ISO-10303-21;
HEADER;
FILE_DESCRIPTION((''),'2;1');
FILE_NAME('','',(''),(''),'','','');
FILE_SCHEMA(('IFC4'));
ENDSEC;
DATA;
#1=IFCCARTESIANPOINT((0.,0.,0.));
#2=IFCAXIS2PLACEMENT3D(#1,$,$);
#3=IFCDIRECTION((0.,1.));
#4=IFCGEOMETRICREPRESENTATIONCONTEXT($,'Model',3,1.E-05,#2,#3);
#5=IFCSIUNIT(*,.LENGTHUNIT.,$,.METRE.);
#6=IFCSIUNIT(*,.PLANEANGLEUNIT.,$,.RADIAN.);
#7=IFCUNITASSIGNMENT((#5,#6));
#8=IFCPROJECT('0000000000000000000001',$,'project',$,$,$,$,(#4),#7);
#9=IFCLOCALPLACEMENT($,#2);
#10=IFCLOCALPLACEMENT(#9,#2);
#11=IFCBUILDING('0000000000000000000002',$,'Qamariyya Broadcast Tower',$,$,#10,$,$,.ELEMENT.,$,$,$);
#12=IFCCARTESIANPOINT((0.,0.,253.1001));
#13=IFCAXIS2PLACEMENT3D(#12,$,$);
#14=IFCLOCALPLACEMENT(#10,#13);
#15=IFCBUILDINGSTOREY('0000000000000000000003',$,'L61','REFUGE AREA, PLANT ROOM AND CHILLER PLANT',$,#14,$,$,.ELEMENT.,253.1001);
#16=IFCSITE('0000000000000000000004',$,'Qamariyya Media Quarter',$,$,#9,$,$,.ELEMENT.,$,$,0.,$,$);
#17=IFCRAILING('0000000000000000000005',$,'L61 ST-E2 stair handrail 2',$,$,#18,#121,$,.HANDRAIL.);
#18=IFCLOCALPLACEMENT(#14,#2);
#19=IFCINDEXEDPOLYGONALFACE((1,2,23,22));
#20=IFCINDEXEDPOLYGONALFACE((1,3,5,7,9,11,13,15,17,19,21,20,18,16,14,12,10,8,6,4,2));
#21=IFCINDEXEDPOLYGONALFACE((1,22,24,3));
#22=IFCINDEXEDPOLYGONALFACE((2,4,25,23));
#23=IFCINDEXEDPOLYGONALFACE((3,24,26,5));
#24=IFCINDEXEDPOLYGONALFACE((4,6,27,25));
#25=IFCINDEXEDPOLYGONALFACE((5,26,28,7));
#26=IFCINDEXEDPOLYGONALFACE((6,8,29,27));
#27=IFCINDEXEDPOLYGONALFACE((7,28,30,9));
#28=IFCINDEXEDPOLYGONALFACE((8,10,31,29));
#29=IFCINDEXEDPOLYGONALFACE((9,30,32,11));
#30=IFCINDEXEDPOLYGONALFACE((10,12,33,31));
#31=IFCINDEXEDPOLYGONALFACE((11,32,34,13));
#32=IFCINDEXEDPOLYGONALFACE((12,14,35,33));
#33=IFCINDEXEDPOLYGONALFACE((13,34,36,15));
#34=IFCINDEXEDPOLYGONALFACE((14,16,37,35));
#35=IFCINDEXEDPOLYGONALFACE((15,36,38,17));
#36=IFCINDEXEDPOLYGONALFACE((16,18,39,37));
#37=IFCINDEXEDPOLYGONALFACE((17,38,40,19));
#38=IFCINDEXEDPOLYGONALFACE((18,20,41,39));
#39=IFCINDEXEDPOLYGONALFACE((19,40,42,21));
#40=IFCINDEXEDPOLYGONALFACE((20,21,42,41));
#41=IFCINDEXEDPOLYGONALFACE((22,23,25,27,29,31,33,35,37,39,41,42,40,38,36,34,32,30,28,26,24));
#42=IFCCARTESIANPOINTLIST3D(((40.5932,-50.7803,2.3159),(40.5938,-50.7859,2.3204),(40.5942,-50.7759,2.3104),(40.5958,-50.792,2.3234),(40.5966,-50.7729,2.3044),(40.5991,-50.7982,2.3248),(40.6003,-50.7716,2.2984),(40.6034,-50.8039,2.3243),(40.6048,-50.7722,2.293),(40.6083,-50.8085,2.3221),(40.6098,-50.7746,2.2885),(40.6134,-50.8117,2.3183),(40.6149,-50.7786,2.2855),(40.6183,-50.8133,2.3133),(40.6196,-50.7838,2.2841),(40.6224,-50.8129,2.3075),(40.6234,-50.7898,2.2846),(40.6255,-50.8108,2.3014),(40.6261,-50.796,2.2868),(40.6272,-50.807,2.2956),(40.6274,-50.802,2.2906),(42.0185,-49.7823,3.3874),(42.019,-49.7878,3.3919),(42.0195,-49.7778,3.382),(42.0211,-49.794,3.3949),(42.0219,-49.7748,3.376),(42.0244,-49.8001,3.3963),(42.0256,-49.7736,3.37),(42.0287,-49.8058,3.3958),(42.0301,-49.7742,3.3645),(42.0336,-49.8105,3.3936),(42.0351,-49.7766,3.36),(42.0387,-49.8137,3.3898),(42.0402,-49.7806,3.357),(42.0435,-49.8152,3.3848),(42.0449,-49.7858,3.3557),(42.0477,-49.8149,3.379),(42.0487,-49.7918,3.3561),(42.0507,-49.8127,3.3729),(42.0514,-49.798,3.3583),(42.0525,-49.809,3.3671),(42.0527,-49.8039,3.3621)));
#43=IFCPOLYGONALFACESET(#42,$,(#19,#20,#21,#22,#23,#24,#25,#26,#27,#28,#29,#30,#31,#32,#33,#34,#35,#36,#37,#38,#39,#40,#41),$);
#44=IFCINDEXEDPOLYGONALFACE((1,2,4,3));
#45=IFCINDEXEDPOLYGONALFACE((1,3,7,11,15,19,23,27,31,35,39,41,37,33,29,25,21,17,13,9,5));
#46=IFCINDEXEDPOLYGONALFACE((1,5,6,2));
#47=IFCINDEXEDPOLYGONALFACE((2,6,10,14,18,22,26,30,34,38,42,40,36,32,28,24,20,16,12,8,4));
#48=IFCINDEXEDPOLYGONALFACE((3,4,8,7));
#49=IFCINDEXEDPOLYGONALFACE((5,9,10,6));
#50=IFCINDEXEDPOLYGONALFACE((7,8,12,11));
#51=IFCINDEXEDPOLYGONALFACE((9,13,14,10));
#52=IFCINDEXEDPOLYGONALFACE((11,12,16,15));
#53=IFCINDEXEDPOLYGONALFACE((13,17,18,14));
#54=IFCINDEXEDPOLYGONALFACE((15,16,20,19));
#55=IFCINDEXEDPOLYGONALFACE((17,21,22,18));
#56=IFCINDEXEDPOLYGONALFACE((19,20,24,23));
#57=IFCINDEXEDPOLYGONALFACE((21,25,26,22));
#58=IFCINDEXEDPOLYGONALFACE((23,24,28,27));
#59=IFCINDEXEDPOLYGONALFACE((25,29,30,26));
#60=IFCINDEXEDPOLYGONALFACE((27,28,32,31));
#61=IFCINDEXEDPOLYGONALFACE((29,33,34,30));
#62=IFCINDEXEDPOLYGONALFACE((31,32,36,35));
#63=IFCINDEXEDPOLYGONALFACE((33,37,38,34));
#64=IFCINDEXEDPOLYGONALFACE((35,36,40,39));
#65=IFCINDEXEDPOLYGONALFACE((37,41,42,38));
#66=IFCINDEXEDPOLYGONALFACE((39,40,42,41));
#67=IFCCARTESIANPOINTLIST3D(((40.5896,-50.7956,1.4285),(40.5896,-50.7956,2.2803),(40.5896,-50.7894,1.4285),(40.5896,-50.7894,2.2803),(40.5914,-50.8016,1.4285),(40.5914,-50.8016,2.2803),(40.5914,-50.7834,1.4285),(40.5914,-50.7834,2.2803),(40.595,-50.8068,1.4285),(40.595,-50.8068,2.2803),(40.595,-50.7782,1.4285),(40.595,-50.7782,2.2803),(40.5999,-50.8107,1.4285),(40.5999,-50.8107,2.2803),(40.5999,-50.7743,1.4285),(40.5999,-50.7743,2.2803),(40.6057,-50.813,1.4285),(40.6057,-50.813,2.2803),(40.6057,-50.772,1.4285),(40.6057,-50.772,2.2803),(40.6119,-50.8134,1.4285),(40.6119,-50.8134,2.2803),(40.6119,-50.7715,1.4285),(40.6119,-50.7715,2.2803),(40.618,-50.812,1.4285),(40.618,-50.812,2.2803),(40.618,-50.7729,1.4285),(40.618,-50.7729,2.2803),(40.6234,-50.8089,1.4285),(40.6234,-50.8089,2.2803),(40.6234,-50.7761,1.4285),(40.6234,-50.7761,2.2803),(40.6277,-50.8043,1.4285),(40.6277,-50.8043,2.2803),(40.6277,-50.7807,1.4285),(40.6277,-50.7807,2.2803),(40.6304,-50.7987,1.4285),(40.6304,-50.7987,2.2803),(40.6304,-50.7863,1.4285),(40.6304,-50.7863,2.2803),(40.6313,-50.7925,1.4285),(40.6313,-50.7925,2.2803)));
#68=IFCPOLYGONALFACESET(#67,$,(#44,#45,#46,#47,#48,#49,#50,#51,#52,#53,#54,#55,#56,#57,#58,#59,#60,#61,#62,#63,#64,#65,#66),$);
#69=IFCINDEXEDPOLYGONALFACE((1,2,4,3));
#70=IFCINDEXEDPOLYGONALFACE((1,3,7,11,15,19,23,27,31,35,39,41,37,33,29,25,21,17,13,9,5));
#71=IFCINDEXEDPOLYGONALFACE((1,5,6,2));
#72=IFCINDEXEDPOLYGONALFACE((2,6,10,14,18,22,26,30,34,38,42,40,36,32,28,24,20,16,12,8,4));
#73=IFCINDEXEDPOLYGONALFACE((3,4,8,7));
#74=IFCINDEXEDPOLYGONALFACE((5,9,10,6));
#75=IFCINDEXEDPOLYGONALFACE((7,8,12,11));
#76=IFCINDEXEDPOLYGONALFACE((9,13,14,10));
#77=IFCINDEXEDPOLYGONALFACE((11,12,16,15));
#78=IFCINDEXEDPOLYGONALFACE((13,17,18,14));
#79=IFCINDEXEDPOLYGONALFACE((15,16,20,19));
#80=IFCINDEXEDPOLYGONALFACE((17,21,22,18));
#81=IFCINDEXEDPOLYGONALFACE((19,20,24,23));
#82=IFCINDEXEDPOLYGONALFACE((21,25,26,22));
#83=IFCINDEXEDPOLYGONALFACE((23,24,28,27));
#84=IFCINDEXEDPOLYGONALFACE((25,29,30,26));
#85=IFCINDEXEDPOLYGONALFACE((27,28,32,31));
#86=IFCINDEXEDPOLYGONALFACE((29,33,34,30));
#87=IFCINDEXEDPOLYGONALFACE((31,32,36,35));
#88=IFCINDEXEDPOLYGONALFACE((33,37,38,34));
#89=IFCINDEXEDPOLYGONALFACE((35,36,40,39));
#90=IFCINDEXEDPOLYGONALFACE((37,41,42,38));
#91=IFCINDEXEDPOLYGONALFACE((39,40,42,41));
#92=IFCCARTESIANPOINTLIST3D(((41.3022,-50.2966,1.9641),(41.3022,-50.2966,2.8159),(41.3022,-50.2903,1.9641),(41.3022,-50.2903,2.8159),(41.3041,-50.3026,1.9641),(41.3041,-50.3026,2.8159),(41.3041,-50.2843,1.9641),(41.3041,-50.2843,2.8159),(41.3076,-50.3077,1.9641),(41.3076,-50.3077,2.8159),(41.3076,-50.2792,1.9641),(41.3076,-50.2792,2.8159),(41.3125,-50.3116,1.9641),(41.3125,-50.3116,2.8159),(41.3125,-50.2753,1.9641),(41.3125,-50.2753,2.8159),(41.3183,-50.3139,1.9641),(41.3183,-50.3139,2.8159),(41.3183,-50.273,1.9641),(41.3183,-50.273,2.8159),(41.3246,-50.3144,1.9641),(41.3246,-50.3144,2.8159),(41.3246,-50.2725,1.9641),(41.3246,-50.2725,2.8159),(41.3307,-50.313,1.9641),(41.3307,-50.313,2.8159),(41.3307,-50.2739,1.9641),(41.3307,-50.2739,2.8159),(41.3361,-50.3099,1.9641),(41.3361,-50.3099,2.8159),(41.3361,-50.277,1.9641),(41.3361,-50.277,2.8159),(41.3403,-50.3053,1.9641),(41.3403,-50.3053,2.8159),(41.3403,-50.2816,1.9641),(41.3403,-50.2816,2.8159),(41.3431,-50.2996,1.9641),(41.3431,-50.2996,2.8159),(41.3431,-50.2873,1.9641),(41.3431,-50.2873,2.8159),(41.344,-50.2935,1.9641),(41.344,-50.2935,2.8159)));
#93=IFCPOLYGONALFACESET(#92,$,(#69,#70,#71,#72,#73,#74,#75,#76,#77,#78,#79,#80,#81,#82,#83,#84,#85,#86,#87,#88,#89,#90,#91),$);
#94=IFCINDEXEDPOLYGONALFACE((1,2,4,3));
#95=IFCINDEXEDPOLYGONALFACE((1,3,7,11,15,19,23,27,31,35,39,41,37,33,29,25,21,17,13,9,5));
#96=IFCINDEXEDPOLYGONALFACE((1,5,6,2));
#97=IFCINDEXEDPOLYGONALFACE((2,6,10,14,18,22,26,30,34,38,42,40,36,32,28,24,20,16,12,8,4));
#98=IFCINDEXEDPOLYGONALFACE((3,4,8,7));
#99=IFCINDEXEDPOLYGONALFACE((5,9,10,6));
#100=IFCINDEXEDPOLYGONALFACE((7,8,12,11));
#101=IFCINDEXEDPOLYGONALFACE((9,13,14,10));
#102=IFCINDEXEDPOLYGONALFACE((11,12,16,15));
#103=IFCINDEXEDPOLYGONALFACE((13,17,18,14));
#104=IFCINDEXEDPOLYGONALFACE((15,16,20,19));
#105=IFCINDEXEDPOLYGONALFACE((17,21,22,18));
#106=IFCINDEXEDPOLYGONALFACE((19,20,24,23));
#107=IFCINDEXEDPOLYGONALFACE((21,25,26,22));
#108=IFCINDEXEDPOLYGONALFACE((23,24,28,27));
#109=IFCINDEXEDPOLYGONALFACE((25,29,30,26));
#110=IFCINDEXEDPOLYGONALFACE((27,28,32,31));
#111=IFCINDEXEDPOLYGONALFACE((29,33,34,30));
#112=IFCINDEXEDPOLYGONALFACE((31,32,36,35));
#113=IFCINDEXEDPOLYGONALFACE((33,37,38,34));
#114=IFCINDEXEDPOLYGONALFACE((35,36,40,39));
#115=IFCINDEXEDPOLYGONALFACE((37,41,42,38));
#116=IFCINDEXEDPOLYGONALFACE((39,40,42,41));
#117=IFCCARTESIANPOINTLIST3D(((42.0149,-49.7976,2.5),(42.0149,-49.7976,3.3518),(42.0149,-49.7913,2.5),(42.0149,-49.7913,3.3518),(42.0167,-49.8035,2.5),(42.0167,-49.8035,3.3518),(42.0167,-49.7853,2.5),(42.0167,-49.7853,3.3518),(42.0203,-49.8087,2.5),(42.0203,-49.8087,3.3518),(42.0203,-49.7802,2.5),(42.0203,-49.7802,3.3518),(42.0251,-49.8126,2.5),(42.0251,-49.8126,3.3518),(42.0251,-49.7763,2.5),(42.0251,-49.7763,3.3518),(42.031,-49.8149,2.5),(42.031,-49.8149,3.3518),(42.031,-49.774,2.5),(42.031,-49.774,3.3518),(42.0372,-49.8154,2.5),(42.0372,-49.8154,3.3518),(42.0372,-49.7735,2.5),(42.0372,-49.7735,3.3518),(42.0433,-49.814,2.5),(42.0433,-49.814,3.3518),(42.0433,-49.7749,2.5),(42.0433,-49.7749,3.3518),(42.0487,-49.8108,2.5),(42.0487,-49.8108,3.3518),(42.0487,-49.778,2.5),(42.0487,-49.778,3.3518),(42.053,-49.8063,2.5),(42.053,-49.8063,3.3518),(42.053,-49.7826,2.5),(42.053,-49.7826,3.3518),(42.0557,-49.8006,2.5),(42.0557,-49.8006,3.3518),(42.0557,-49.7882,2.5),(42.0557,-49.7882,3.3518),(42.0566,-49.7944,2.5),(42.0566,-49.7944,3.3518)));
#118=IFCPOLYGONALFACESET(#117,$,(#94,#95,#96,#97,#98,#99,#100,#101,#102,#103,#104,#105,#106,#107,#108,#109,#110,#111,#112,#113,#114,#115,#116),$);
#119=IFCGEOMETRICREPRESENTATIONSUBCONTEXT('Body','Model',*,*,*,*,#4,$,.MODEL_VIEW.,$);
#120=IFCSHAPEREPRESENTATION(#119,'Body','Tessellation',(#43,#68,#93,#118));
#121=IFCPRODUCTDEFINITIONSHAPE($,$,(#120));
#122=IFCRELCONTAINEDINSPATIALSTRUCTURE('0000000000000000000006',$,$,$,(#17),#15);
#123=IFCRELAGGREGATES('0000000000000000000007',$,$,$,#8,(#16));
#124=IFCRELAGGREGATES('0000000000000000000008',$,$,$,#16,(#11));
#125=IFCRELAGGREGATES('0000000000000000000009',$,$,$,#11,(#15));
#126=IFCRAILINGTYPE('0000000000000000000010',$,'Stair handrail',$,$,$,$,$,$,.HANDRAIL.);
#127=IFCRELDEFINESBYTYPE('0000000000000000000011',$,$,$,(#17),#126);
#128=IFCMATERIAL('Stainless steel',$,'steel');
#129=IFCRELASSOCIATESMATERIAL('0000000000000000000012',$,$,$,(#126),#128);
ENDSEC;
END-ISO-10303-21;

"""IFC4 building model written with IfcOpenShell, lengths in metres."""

from ifc_helpers import new_model, si_unit, direction, frame, origin, origin_2d, place, context, subcontext, project, spatial, circle, extrude, material, type_object, element, save


model = new_model("IFC4")

# Units and contexts
model_context = context("Model", 3, precision=1e-05, world=origin(), true_north=direction((0.0, 1.0)))
body_context = subcontext(model_context, "Body", "Model", "MODEL_VIEW")
ifc_project = project(units=[si_unit("LENGTHUNIT", "METRE"), si_unit("PLANEANGLEUNIT", "RADIAN")], contexts=[model_context])

# Site, building, storey
site_placement = place(None, origin())
site = spatial("IfcSite", under=ifc_project, at=site_placement, Name="Qamariyya Media Quarter", CompositionType="ELEMENT", RefElevation=0.0)
building_placement = place(site_placement, origin())
building = spatial("IfcBuilding", under=site, at=building_placement, Name="Qamariyya Broadcast Tower", CompositionType="ELEMENT")
storey_placement = place(building_placement, frame((0.0, 0.0, 253.1001)))
storey = spatial("IfcBuildingStorey", under=building, at=storey_placement, Name="L61", Description="REFUGE AREA, PLANT ROOM AND CHILLER PLANT", CompositionType="ELEMENT", Elevation=253.1001)

# Railing
ifc_material_1 = material(Name="Stainless steel", Category="steel")
railing_type_1 = type_object("IfcRailingType", Name="Stair handrail", PredefinedType="HANDRAIL", material=ifc_material_1)
railing_1_placement = place(storey_placement, frame((40.6104, -50.7925, 1.4285)))
element("IfcRailing", 1, at=railing_1_placement, inside=storey, type_object=railing_type_1, Name="L61 ST-E2 stair handrail 2", PredefinedType="HANDRAIL", context=body_context, shape_type="SweptSolid", body=[
    extrude(circle(Radius=0.0239, at=origin_2d()), frame((0.0, 0.0, 0.876), z_axis=(0.697489, 0.48841, 0.524371), x_axis=(-0.573594, 0.81914, 0.0)), (0.0, 0.0, 1.0), 2.0435),
    extrude(circle(Radius=0.021, at=origin_2d()), origin(), (0.0, 0.0, 1.0), 0.8518),
    extrude(circle(Radius=0.021, at=origin_2d()), frame((0.7126, 0.499, 0.5356)), (0.0, 0.0, 1.0), 0.8518),
    extrude(circle(Radius=0.021, at=origin_2d()), frame((1.4253, 0.998, 1.0715)), (0.0, 0.0, 1.0), 0.8518),
])

save(model, "model.ifc")
